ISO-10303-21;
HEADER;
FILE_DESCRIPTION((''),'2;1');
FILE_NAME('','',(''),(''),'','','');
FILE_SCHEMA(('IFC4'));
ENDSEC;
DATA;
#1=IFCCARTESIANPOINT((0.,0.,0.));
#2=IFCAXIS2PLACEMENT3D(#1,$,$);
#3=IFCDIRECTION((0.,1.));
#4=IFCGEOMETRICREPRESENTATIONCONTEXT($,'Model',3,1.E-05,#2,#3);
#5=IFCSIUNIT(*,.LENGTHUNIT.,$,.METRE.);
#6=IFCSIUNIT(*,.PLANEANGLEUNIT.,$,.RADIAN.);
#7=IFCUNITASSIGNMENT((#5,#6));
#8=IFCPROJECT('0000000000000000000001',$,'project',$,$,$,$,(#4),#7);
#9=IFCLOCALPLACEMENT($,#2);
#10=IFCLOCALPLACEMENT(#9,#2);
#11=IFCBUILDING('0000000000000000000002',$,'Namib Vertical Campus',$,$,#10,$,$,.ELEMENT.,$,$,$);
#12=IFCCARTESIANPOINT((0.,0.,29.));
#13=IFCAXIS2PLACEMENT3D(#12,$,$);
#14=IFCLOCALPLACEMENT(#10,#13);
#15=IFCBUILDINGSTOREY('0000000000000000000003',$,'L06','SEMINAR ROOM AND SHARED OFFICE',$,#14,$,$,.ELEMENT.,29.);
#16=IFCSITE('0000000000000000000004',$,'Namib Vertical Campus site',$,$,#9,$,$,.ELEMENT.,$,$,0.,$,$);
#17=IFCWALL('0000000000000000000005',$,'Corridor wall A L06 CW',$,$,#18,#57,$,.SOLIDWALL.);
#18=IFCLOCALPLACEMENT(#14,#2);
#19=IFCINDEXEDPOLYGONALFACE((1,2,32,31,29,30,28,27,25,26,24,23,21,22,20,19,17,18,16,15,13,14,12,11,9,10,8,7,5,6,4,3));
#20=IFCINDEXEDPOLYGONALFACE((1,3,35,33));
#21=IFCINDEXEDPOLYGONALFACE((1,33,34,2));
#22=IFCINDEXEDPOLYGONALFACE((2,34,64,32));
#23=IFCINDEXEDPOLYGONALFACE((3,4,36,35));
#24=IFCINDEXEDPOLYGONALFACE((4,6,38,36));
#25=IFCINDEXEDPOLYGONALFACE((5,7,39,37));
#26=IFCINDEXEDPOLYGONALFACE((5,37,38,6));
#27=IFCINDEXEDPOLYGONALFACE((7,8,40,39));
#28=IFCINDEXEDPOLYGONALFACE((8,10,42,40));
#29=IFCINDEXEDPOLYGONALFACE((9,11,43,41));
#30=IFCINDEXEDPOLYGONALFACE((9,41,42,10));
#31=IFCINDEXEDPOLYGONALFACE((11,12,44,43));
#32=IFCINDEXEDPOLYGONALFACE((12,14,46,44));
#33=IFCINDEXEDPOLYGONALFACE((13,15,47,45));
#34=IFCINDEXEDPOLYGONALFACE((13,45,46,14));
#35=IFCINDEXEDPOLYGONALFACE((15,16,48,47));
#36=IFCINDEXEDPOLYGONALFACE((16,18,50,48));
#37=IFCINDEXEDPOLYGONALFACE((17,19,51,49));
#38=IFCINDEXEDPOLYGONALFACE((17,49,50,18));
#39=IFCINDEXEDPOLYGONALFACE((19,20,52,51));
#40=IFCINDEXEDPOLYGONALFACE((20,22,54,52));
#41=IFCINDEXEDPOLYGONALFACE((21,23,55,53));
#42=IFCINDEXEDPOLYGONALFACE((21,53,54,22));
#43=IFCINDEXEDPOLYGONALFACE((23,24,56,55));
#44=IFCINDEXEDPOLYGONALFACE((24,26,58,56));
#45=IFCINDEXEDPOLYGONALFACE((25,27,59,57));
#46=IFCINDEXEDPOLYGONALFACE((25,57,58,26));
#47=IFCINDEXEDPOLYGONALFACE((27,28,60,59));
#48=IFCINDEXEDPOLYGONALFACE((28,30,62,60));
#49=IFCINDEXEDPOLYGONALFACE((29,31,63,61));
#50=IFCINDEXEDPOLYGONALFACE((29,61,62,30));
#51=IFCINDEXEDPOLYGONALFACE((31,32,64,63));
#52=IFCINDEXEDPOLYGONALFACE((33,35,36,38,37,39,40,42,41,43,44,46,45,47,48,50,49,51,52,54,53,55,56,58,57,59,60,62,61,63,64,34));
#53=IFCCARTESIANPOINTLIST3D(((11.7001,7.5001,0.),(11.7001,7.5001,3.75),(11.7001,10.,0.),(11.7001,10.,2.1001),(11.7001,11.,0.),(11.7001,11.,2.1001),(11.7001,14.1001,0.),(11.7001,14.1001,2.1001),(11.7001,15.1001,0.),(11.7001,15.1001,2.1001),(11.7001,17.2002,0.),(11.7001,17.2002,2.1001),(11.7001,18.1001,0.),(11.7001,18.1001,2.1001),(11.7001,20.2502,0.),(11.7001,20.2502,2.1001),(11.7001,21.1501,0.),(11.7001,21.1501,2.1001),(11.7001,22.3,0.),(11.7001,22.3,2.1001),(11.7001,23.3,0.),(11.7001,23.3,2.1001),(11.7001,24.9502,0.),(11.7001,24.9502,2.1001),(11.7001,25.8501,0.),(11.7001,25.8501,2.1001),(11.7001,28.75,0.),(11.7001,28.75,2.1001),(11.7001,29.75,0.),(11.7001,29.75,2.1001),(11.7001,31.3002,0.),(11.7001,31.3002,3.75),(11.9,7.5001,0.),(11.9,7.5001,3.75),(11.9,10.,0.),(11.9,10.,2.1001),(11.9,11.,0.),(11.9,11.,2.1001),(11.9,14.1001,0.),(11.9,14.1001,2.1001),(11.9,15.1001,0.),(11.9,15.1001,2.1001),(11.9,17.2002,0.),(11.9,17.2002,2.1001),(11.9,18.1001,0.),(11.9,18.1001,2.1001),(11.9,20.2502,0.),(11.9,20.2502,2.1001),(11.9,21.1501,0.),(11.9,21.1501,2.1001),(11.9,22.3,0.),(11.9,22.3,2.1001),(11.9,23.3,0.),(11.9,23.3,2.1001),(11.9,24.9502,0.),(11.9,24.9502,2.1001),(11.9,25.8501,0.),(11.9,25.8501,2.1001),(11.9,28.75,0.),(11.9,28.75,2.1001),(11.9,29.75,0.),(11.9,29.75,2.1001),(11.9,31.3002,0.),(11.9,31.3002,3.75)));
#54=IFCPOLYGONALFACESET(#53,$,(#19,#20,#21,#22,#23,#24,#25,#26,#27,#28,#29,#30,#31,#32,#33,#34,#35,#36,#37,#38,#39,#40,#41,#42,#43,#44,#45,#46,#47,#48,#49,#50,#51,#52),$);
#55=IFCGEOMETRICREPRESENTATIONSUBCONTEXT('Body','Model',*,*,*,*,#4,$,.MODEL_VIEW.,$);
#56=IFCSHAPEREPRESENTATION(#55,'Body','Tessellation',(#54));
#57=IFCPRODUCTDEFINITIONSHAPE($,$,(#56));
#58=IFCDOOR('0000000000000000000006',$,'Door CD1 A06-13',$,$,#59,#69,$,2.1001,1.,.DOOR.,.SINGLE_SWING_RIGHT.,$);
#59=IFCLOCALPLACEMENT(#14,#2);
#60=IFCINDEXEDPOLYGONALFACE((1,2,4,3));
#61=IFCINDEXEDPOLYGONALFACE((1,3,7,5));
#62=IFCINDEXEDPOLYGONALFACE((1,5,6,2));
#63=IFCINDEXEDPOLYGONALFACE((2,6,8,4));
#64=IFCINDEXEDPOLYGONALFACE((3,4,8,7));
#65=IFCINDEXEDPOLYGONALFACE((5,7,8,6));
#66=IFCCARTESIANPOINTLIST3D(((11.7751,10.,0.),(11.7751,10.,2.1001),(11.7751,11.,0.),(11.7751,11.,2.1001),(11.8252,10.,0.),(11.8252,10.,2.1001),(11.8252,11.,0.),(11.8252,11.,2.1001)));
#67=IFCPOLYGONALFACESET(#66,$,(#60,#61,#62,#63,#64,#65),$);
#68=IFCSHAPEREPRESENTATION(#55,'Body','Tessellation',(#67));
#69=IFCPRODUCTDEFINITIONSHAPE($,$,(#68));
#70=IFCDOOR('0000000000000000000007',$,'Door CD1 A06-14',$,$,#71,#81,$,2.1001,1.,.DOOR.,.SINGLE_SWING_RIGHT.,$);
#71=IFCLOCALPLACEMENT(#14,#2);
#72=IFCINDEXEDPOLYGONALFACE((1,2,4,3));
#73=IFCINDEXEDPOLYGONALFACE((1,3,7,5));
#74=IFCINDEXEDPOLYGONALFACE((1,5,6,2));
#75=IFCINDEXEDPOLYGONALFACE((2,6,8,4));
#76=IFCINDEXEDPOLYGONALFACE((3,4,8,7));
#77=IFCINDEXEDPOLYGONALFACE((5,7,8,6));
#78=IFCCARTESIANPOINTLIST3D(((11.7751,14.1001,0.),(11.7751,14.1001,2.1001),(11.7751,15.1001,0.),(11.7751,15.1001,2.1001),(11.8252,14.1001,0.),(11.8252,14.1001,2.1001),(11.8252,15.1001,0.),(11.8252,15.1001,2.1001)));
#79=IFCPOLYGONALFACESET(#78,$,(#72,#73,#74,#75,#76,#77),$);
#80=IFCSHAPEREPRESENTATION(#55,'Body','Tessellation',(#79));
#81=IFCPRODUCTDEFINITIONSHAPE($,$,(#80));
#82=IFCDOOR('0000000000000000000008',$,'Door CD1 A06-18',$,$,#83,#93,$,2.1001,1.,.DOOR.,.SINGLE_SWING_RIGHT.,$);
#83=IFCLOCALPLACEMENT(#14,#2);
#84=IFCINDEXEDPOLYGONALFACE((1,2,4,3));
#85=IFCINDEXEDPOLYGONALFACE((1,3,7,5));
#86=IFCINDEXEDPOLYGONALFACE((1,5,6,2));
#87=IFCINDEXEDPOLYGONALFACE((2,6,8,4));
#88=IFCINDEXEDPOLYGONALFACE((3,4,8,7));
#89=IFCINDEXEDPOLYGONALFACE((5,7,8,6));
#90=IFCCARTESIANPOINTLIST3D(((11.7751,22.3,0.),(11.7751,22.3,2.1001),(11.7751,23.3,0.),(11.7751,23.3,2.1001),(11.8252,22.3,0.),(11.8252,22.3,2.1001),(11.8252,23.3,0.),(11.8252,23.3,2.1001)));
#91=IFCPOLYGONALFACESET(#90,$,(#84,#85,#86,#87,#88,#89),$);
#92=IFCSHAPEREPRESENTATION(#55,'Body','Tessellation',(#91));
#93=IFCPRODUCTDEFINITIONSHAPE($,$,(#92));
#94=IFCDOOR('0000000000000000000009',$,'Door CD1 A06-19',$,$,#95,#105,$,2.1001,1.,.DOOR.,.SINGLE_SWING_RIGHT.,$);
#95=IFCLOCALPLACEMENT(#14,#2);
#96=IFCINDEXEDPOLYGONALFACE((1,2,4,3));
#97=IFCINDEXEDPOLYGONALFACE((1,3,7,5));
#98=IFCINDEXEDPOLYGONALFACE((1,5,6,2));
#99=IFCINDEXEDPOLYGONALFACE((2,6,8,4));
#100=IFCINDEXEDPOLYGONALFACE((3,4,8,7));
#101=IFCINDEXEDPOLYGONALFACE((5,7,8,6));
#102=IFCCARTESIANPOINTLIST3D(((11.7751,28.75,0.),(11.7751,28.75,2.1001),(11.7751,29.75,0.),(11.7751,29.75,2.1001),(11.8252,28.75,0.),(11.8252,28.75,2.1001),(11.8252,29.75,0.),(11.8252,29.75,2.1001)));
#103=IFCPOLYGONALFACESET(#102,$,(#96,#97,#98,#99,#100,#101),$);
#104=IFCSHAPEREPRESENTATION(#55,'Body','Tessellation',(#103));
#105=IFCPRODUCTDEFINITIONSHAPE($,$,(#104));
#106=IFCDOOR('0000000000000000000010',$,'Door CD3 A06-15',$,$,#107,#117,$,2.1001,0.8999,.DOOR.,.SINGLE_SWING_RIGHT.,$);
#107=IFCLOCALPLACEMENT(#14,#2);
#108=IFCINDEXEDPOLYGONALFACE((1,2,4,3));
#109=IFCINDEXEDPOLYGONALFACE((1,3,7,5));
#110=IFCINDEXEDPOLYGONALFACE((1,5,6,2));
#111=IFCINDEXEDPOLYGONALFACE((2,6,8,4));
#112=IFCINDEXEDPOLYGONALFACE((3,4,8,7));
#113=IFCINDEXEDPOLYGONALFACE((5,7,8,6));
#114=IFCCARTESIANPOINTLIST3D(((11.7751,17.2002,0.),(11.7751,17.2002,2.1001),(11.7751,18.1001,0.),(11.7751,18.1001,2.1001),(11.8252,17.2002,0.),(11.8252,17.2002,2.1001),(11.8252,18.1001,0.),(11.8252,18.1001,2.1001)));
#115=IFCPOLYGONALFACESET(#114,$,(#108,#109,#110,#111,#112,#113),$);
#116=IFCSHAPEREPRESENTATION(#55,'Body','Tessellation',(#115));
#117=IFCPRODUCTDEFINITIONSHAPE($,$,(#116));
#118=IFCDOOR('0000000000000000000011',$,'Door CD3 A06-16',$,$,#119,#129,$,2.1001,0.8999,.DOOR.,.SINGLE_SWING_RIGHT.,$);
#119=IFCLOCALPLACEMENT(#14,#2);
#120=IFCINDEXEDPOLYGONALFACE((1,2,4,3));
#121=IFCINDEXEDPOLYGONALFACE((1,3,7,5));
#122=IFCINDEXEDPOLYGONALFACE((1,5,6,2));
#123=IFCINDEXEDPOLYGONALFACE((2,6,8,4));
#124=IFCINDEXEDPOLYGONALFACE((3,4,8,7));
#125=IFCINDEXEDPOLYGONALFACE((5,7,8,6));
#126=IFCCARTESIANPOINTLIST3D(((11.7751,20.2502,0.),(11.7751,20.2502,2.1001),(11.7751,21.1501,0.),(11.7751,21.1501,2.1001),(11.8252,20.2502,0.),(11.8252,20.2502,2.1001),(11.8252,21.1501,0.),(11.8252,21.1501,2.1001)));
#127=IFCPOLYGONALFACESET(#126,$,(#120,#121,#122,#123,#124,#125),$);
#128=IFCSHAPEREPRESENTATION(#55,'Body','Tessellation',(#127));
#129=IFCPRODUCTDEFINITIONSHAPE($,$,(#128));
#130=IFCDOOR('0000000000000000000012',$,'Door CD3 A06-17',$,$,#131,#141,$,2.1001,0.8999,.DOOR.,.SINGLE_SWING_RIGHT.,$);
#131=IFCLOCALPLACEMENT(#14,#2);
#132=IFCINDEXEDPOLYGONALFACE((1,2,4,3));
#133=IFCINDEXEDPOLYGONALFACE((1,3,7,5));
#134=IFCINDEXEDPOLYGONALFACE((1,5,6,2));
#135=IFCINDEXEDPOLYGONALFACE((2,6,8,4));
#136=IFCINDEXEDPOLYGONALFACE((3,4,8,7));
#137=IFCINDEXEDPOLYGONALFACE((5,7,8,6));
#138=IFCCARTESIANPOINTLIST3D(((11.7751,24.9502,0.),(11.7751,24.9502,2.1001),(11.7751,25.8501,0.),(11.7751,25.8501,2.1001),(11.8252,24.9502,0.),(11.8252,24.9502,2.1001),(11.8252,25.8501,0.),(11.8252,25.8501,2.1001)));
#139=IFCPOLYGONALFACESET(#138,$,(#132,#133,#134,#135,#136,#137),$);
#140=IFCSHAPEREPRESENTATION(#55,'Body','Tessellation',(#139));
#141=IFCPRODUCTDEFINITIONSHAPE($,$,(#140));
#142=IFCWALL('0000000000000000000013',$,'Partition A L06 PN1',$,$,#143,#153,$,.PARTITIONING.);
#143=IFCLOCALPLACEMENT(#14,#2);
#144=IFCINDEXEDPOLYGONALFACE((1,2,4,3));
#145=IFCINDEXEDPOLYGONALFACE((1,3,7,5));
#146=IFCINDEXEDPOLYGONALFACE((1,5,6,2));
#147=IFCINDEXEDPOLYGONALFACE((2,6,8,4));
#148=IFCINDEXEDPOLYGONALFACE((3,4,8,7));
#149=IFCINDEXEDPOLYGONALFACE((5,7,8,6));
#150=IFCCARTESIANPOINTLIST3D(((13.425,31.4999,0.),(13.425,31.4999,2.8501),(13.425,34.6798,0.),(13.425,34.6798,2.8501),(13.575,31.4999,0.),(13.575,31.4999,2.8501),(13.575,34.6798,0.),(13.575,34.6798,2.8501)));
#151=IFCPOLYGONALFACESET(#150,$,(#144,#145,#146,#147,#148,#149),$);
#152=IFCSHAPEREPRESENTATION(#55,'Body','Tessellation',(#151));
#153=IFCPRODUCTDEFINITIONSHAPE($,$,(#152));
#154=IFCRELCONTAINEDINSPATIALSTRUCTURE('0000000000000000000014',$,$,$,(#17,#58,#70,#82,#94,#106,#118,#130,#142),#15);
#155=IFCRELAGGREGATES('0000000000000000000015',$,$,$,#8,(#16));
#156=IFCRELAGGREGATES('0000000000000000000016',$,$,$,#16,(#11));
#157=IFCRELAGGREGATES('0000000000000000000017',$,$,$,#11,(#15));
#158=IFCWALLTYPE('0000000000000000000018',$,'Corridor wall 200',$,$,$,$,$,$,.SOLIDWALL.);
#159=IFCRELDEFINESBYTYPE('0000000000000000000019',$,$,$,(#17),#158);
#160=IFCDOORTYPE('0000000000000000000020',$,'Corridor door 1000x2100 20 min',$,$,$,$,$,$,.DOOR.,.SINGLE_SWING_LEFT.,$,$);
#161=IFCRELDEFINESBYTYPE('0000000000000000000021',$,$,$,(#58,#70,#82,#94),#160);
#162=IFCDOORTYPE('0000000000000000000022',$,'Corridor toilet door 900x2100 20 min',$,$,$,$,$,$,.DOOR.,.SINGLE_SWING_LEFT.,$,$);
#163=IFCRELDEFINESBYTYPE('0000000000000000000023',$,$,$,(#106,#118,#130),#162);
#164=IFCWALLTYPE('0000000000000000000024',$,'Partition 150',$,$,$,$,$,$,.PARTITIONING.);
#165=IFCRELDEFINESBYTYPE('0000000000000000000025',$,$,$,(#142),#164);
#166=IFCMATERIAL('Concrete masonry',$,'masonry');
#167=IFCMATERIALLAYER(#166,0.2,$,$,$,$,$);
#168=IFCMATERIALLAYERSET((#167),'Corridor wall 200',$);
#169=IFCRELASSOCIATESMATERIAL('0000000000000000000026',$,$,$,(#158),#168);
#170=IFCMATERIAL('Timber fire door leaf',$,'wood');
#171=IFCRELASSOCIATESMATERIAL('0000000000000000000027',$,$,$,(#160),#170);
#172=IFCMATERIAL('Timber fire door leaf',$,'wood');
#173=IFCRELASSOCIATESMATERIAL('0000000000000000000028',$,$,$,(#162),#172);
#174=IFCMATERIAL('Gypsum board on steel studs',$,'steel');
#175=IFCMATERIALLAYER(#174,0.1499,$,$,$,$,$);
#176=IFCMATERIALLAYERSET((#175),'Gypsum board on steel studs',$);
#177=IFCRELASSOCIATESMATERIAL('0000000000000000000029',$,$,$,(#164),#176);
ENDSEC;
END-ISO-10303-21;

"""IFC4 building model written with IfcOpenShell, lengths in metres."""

from ifc_helpers import new_model, si_unit, direction, frame, frame_2d, origin, place, context, subcontext, project, spatial, rectangle, extrude, material, layer, layer_set, type_object, element, fill, save


model = new_model("IFC4")

# Units and contexts
model_context = context("Model", 3, precision=1e-05, world=origin(), true_north=direction((0.0, 1.0)))
body_context = subcontext(model_context, "Body", "Model", "MODEL_VIEW")
ifc_project = project(units=[si_unit("LENGTHUNIT", "METRE"), si_unit("PLANEANGLEUNIT", "RADIAN")], contexts=[model_context])

# Site, building, storey
site_placement = place(None, origin())
site = spatial("IfcSite", under=ifc_project, at=site_placement, Name="Namib Vertical Campus site", CompositionType="ELEMENT", RefElevation=0.0)
building_placement = place(site_placement, origin())
building = spatial("IfcBuilding", under=site, at=building_placement, Name="Namib Vertical Campus", CompositionType="ELEMENT")
storey_placement = place(building_placement, frame((0.0, 0.0, 29.0)))
storey = spatial("IfcBuildingStorey", under=building, at=storey_placement, Name="L06", Description="SEMINAR ROOM AND SHARED OFFICE", CompositionType="ELEMENT", Elevation=29.0)

# Wall, openings, doors
ifc_material_1 = material(Name="Concrete masonry", Category="masonry")
ifc_layer_1 = layer(ifc_material_1, 0.2)
ifc_layer_set_1 = layer_set([ifc_layer_1], Name="Corridor wall 200")
wall_type_1 = type_object("IfcWallType", Name="Corridor wall 200", PredefinedType="SOLIDWALL", material=ifc_layer_set_1)
wall_1_placement = place(storey_placement, frame((11.8, 31.3, 0.0), z_axis=(0.0, 0.0, 1.0), x_axis=(0.0, -1.0, 0.0)))
wall_1 = element("IfcWall", 1, at=wall_1_placement, inside=storey, type_object=wall_type_1, Name="Corridor wall A L06 CW", PredefinedType="SOLIDWALL", context=body_context, shape_type="SweptSolid", body=[
    extrude(rectangle(XDim=23.8, YDim=0.2, at=frame_2d((11.8999, 0.0))), origin(), (0.0, 0.0, 1.0), 3.75),
])
opening_1_placement = place(wall_1_placement, frame((20.3, 0.0, 0.0)))
opening_1 = element("IfcOpeningElement", 2, at=opening_1_placement, cuts=wall_1, PredefinedType="OPENING", context=body_context, shape_type="SweptSolid", body=[
    extrude(rectangle(XDim=1.0, YDim=2.1001, at=frame_2d((0.5, 1.05))), frame((0.0, 0.1099, 0.0), z_axis=(0.0, -1.0, 0.0), x_axis=(1.0, 0.0, 0.0)), (0.0, 0.0, 1.0), 0.22),
])
opening_2_placement = place(wall_1_placement, frame((16.2, 0.0, 0.0)))
opening_2 = element("IfcOpeningElement", 3, at=opening_2_placement, cuts=wall_1, PredefinedType="OPENING", context=body_context, shape_type="SweptSolid", body=[
    extrude(rectangle(XDim=1.0, YDim=2.1001, at=frame_2d((0.5, 1.05))), frame((0.0, 0.1099, 0.0), z_axis=(0.0, -1.0, 0.0), x_axis=(1.0, 0.0, 0.0)), (0.0, 0.0, 1.0), 0.22),
])
opening_3_placement = place(wall_1_placement, frame((13.2, 0.0, 0.0)))
opening_3 = element("IfcOpeningElement", 4, at=opening_3_placement, cuts=wall_1, PredefinedType="OPENING", context=body_context, shape_type="SweptSolid", body=[
    extrude(rectangle(XDim=0.8999, YDim=2.1001, at=frame_2d((0.45, 1.05))), frame((0.0, 0.1099, 0.0), z_axis=(0.0, -1.0, 0.0), x_axis=(1.0, 0.0, 0.0)), (0.0, 0.0, 1.0), 0.22),
])
opening_4_placement = place(wall_1_placement, frame((10.1499, 0.0, 0.0)))
opening_4 = element("IfcOpeningElement", 5, at=opening_4_placement, cuts=wall_1, PredefinedType="OPENING", context=body_context, shape_type="SweptSolid", body=[
    extrude(rectangle(XDim=0.8999, YDim=2.1001, at=frame_2d((0.45, 1.05))), frame((0.0, 0.1099, 0.0), z_axis=(0.0, -1.0, 0.0), x_axis=(1.0, 0.0, 0.0)), (0.0, 0.0, 1.0), 0.22),
])
opening_5_placement = place(wall_1_placement, frame((5.45, 0.0, 0.0)))
opening_5 = element("IfcOpeningElement", 6, at=opening_5_placement, cuts=wall_1, PredefinedType="OPENING", context=body_context, shape_type="SweptSolid", body=[
    extrude(rectangle(XDim=0.8999, YDim=2.1001, at=frame_2d((0.45, 1.05))), frame((0.0, 0.1099, 0.0), z_axis=(0.0, -1.0, 0.0), x_axis=(1.0, 0.0, 0.0)), (0.0, 0.0, 1.0), 0.22),
])
opening_6_placement = place(wall_1_placement, frame((8.0, 0.0, 0.0)))
opening_6 = element("IfcOpeningElement", 7, at=opening_6_placement, cuts=wall_1, PredefinedType="OPENING", context=body_context, shape_type="SweptSolid", body=[
    extrude(rectangle(XDim=1.0, YDim=2.1001, at=frame_2d((0.5, 1.05))), frame((0.0, 0.1099, 0.0), z_axis=(0.0, -1.0, 0.0), x_axis=(1.0, 0.0, 0.0)), (0.0, 0.0, 1.0), 0.22),
])
opening_7_placement = place(wall_1_placement, frame((1.55, 0.0, 0.0)))
opening_7 = element("IfcOpeningElement", 8, at=opening_7_placement, cuts=wall_1, PredefinedType="OPENING", context=body_context, shape_type="SweptSolid", body=[
    extrude(rectangle(XDim=1.0, YDim=2.1001, at=frame_2d((0.5, 1.05))), frame((0.0, 0.1099, 0.0), z_axis=(0.0, -1.0, 0.0), x_axis=(1.0, 0.0, 0.0)), (0.0, 0.0, 1.0), 0.22),
])
ifc_material_2 = material(Name="Timber fire door leaf", Category="wood")
door_type_1 = type_object("IfcDoorType", Name="Corridor door 1000x2100 20 min", OperationType="SINGLE_SWING_LEFT", PredefinedType="DOOR", material=ifc_material_2)
door_1_placement = place(opening_1_placement, frame((1.0, 0.0, 0.0), z_axis=(0.0, 0.0, 1.0), x_axis=(-1.0, 0.0, 0.0)))
door_1 = element("IfcDoor", 9, at=door_1_placement, inside=storey, type_object=door_type_1, Name="Door CD1 A06-13", OperationType="SINGLE_SWING_RIGHT", OverallHeight=2.1001, OverallWidth=1.0, PredefinedType="DOOR", context=body_context, shape_type="SweptSolid", body=[
    extrude(rectangle(XDim=1.0, YDim=2.1001, at=frame_2d((0.5, 1.05))), frame((0.0, 0.0249, 0.0), z_axis=(0.0, -1.0, 0.0), x_axis=(1.0, 0.0, 0.0)), (0.0, 0.0, 1.0), 0.05),
])
fill(opening_1, door_1)
door_2_placement = place(opening_2_placement, frame((1.0, 0.0, 0.0), z_axis=(0.0, 0.0, 1.0), x_axis=(-1.0, 0.0, 0.0)))
door_2 = element("IfcDoor", 10, at=door_2_placement, inside=storey, type_object=door_type_1, Name="Door CD1 A06-14", OperationType="SINGLE_SWING_RIGHT", OverallHeight=2.1001, OverallWidth=1.0, PredefinedType="DOOR", context=body_context, shape_type="SweptSolid", body=[
    extrude(rectangle(XDim=1.0, YDim=2.1001, at=frame_2d((0.5, 1.05))), frame((0.0, 0.0249, 0.0), z_axis=(0.0, -1.0, 0.0), x_axis=(1.0, 0.0, 0.0)), (0.0, 0.0, 1.0), 0.05),
])
fill(opening_2, door_2)
door_3_placement = place(opening_6_placement, frame((1.0, 0.0, 0.0), z_axis=(0.0, 0.0, 1.0), x_axis=(-1.0, 0.0, 0.0)))
door_3 = element("IfcDoor", 11, at=door_3_placement, inside=storey, type_object=door_type_1, Name="Door CD1 A06-18", OperationType="SINGLE_SWING_RIGHT", OverallHeight=2.1001, OverallWidth=1.0, PredefinedType="DOOR", context=body_context, shape_type="SweptSolid", body=[
    extrude(rectangle(XDim=1.0, YDim=2.1001, at=frame_2d((0.5, 1.05))), frame((0.0, 0.0249, 0.0), z_axis=(0.0, -1.0, 0.0), x_axis=(1.0, 0.0, 0.0)), (0.0, 0.0, 1.0), 0.05),
])
fill(opening_6, door_3)
door_4_placement = place(opening_7_placement, frame((1.0, 0.0, 0.0), z_axis=(0.0, 0.0, 1.0), x_axis=(-1.0, 0.0, 0.0)))
door_4 = element("IfcDoor", 12, at=door_4_placement, inside=storey, type_object=door_type_1, Name="Door CD1 A06-19", OperationType="SINGLE_SWING_RIGHT", OverallHeight=2.1001, OverallWidth=1.0, PredefinedType="DOOR", context=body_context, shape_type="SweptSolid", body=[
    extrude(rectangle(XDim=1.0, YDim=2.1001, at=frame_2d((0.5, 1.05))), frame((0.0, 0.0249, 0.0), z_axis=(0.0, -1.0, 0.0), x_axis=(1.0, 0.0, 0.0)), (0.0, 0.0, 1.0), 0.05),
])
fill(opening_7, door_4)
ifc_material_3 = material(Name="Timber fire door leaf", Category="wood")
door_type_2 = type_object("IfcDoorType", Name="Corridor toilet door 900x2100 20 min", OperationType="SINGLE_SWING_LEFT", PredefinedType="DOOR", material=ifc_material_3)
door_5_placement = place(opening_3_placement, frame((0.8999, 0.0, 0.0), z_axis=(0.0, 0.0, 1.0), x_axis=(-1.0, 0.0, 0.0)))
door_5 = element("IfcDoor", 13, at=door_5_placement, inside=storey, type_object=door_type_2, Name="Door CD3 A06-15", OperationType="SINGLE_SWING_RIGHT", OverallHeight=2.1001, OverallWidth=0.8999, PredefinedType="DOOR", context=body_context, shape_type="SweptSolid", body=[
    extrude(rectangle(XDim=0.8999, YDim=2.1001, at=frame_2d((0.45, 1.05))), frame((0.0, 0.0249, 0.0), z_axis=(0.0, -1.0, 0.0), x_axis=(1.0, 0.0, 0.0)), (0.0, 0.0, 1.0), 0.05),
])
fill(opening_3, door_5)
door_6_placement = place(opening_4_placement, frame((0.8999, 0.0, 0.0), z_axis=(0.0, 0.0, 1.0), x_axis=(-1.0, 0.0, 0.0)))
door_6 = element("IfcDoor", 14, at=door_6_placement, inside=storey, type_object=door_type_2, Name="Door CD3 A06-16", OperationType="SINGLE_SWING_RIGHT", OverallHeight=2.1001, OverallWidth=0.8999, PredefinedType="DOOR", context=body_context, shape_type="SweptSolid", body=[
    extrude(rectangle(XDim=0.8999, YDim=2.1001, at=frame_2d((0.45, 1.05))), frame((0.0, 0.0249, 0.0), z_axis=(0.0, -1.0, 0.0), x_axis=(1.0, 0.0, 0.0)), (0.0, 0.0, 1.0), 0.05),
])
fill(opening_4, door_6)
door_7_placement = place(opening_5_placement, frame((0.8999, 0.0, 0.0), z_axis=(0.0, 0.0, 1.0), x_axis=(-1.0, 0.0, 0.0)))
door_7 = element("IfcDoor", 15, at=door_7_placement, inside=storey, type_object=door_type_2, Name="Door CD3 A06-17", OperationType="SINGLE_SWING_RIGHT", OverallHeight=2.1001, OverallWidth=0.8999, PredefinedType="DOOR", context=body_context, shape_type="SweptSolid", body=[
    extrude(rectangle(XDim=0.8999, YDim=2.1001, at=frame_2d((0.45, 1.05))), frame((0.0, 0.0249, 0.0), z_axis=(0.0, -1.0, 0.0), x_axis=(1.0, 0.0, 0.0)), (0.0, 0.0, 1.0), 0.05),
])
fill(opening_5, door_7)

# Wall
ifc_material_4 = material(Name="Gypsum board on steel studs", Category="steel")
ifc_layer_2 = layer(ifc_material_4, 0.1499)
ifc_layer_set_2 = layer_set([ifc_layer_2], Name="Gypsum board on steel studs")
wall_type_2 = type_object("IfcWallType", Name="Partition 150", PredefinedType="PARTITIONING", material=ifc_layer_set_2)
wall_2_placement = place(storey_placement, frame((13.5, 31.5, 0.0), z_axis=(0.0, 0.0, 1.0), x_axis=(0.0, 1.0, 0.0)))
element("IfcWall", 16, at=wall_2_placement, inside=storey, type_object=wall_type_2, Name="Partition A L06 PN1", PredefinedType="PARTITIONING", context=body_context, shape_type="SweptSolid", body=[
    extrude(rectangle(XDim=3.1799, YDim=0.1499, at=frame_2d((1.5898, 0.0))), origin(), (0.0, 0.0, 1.0), 2.8501),
])

save(model, "model.ifc")
